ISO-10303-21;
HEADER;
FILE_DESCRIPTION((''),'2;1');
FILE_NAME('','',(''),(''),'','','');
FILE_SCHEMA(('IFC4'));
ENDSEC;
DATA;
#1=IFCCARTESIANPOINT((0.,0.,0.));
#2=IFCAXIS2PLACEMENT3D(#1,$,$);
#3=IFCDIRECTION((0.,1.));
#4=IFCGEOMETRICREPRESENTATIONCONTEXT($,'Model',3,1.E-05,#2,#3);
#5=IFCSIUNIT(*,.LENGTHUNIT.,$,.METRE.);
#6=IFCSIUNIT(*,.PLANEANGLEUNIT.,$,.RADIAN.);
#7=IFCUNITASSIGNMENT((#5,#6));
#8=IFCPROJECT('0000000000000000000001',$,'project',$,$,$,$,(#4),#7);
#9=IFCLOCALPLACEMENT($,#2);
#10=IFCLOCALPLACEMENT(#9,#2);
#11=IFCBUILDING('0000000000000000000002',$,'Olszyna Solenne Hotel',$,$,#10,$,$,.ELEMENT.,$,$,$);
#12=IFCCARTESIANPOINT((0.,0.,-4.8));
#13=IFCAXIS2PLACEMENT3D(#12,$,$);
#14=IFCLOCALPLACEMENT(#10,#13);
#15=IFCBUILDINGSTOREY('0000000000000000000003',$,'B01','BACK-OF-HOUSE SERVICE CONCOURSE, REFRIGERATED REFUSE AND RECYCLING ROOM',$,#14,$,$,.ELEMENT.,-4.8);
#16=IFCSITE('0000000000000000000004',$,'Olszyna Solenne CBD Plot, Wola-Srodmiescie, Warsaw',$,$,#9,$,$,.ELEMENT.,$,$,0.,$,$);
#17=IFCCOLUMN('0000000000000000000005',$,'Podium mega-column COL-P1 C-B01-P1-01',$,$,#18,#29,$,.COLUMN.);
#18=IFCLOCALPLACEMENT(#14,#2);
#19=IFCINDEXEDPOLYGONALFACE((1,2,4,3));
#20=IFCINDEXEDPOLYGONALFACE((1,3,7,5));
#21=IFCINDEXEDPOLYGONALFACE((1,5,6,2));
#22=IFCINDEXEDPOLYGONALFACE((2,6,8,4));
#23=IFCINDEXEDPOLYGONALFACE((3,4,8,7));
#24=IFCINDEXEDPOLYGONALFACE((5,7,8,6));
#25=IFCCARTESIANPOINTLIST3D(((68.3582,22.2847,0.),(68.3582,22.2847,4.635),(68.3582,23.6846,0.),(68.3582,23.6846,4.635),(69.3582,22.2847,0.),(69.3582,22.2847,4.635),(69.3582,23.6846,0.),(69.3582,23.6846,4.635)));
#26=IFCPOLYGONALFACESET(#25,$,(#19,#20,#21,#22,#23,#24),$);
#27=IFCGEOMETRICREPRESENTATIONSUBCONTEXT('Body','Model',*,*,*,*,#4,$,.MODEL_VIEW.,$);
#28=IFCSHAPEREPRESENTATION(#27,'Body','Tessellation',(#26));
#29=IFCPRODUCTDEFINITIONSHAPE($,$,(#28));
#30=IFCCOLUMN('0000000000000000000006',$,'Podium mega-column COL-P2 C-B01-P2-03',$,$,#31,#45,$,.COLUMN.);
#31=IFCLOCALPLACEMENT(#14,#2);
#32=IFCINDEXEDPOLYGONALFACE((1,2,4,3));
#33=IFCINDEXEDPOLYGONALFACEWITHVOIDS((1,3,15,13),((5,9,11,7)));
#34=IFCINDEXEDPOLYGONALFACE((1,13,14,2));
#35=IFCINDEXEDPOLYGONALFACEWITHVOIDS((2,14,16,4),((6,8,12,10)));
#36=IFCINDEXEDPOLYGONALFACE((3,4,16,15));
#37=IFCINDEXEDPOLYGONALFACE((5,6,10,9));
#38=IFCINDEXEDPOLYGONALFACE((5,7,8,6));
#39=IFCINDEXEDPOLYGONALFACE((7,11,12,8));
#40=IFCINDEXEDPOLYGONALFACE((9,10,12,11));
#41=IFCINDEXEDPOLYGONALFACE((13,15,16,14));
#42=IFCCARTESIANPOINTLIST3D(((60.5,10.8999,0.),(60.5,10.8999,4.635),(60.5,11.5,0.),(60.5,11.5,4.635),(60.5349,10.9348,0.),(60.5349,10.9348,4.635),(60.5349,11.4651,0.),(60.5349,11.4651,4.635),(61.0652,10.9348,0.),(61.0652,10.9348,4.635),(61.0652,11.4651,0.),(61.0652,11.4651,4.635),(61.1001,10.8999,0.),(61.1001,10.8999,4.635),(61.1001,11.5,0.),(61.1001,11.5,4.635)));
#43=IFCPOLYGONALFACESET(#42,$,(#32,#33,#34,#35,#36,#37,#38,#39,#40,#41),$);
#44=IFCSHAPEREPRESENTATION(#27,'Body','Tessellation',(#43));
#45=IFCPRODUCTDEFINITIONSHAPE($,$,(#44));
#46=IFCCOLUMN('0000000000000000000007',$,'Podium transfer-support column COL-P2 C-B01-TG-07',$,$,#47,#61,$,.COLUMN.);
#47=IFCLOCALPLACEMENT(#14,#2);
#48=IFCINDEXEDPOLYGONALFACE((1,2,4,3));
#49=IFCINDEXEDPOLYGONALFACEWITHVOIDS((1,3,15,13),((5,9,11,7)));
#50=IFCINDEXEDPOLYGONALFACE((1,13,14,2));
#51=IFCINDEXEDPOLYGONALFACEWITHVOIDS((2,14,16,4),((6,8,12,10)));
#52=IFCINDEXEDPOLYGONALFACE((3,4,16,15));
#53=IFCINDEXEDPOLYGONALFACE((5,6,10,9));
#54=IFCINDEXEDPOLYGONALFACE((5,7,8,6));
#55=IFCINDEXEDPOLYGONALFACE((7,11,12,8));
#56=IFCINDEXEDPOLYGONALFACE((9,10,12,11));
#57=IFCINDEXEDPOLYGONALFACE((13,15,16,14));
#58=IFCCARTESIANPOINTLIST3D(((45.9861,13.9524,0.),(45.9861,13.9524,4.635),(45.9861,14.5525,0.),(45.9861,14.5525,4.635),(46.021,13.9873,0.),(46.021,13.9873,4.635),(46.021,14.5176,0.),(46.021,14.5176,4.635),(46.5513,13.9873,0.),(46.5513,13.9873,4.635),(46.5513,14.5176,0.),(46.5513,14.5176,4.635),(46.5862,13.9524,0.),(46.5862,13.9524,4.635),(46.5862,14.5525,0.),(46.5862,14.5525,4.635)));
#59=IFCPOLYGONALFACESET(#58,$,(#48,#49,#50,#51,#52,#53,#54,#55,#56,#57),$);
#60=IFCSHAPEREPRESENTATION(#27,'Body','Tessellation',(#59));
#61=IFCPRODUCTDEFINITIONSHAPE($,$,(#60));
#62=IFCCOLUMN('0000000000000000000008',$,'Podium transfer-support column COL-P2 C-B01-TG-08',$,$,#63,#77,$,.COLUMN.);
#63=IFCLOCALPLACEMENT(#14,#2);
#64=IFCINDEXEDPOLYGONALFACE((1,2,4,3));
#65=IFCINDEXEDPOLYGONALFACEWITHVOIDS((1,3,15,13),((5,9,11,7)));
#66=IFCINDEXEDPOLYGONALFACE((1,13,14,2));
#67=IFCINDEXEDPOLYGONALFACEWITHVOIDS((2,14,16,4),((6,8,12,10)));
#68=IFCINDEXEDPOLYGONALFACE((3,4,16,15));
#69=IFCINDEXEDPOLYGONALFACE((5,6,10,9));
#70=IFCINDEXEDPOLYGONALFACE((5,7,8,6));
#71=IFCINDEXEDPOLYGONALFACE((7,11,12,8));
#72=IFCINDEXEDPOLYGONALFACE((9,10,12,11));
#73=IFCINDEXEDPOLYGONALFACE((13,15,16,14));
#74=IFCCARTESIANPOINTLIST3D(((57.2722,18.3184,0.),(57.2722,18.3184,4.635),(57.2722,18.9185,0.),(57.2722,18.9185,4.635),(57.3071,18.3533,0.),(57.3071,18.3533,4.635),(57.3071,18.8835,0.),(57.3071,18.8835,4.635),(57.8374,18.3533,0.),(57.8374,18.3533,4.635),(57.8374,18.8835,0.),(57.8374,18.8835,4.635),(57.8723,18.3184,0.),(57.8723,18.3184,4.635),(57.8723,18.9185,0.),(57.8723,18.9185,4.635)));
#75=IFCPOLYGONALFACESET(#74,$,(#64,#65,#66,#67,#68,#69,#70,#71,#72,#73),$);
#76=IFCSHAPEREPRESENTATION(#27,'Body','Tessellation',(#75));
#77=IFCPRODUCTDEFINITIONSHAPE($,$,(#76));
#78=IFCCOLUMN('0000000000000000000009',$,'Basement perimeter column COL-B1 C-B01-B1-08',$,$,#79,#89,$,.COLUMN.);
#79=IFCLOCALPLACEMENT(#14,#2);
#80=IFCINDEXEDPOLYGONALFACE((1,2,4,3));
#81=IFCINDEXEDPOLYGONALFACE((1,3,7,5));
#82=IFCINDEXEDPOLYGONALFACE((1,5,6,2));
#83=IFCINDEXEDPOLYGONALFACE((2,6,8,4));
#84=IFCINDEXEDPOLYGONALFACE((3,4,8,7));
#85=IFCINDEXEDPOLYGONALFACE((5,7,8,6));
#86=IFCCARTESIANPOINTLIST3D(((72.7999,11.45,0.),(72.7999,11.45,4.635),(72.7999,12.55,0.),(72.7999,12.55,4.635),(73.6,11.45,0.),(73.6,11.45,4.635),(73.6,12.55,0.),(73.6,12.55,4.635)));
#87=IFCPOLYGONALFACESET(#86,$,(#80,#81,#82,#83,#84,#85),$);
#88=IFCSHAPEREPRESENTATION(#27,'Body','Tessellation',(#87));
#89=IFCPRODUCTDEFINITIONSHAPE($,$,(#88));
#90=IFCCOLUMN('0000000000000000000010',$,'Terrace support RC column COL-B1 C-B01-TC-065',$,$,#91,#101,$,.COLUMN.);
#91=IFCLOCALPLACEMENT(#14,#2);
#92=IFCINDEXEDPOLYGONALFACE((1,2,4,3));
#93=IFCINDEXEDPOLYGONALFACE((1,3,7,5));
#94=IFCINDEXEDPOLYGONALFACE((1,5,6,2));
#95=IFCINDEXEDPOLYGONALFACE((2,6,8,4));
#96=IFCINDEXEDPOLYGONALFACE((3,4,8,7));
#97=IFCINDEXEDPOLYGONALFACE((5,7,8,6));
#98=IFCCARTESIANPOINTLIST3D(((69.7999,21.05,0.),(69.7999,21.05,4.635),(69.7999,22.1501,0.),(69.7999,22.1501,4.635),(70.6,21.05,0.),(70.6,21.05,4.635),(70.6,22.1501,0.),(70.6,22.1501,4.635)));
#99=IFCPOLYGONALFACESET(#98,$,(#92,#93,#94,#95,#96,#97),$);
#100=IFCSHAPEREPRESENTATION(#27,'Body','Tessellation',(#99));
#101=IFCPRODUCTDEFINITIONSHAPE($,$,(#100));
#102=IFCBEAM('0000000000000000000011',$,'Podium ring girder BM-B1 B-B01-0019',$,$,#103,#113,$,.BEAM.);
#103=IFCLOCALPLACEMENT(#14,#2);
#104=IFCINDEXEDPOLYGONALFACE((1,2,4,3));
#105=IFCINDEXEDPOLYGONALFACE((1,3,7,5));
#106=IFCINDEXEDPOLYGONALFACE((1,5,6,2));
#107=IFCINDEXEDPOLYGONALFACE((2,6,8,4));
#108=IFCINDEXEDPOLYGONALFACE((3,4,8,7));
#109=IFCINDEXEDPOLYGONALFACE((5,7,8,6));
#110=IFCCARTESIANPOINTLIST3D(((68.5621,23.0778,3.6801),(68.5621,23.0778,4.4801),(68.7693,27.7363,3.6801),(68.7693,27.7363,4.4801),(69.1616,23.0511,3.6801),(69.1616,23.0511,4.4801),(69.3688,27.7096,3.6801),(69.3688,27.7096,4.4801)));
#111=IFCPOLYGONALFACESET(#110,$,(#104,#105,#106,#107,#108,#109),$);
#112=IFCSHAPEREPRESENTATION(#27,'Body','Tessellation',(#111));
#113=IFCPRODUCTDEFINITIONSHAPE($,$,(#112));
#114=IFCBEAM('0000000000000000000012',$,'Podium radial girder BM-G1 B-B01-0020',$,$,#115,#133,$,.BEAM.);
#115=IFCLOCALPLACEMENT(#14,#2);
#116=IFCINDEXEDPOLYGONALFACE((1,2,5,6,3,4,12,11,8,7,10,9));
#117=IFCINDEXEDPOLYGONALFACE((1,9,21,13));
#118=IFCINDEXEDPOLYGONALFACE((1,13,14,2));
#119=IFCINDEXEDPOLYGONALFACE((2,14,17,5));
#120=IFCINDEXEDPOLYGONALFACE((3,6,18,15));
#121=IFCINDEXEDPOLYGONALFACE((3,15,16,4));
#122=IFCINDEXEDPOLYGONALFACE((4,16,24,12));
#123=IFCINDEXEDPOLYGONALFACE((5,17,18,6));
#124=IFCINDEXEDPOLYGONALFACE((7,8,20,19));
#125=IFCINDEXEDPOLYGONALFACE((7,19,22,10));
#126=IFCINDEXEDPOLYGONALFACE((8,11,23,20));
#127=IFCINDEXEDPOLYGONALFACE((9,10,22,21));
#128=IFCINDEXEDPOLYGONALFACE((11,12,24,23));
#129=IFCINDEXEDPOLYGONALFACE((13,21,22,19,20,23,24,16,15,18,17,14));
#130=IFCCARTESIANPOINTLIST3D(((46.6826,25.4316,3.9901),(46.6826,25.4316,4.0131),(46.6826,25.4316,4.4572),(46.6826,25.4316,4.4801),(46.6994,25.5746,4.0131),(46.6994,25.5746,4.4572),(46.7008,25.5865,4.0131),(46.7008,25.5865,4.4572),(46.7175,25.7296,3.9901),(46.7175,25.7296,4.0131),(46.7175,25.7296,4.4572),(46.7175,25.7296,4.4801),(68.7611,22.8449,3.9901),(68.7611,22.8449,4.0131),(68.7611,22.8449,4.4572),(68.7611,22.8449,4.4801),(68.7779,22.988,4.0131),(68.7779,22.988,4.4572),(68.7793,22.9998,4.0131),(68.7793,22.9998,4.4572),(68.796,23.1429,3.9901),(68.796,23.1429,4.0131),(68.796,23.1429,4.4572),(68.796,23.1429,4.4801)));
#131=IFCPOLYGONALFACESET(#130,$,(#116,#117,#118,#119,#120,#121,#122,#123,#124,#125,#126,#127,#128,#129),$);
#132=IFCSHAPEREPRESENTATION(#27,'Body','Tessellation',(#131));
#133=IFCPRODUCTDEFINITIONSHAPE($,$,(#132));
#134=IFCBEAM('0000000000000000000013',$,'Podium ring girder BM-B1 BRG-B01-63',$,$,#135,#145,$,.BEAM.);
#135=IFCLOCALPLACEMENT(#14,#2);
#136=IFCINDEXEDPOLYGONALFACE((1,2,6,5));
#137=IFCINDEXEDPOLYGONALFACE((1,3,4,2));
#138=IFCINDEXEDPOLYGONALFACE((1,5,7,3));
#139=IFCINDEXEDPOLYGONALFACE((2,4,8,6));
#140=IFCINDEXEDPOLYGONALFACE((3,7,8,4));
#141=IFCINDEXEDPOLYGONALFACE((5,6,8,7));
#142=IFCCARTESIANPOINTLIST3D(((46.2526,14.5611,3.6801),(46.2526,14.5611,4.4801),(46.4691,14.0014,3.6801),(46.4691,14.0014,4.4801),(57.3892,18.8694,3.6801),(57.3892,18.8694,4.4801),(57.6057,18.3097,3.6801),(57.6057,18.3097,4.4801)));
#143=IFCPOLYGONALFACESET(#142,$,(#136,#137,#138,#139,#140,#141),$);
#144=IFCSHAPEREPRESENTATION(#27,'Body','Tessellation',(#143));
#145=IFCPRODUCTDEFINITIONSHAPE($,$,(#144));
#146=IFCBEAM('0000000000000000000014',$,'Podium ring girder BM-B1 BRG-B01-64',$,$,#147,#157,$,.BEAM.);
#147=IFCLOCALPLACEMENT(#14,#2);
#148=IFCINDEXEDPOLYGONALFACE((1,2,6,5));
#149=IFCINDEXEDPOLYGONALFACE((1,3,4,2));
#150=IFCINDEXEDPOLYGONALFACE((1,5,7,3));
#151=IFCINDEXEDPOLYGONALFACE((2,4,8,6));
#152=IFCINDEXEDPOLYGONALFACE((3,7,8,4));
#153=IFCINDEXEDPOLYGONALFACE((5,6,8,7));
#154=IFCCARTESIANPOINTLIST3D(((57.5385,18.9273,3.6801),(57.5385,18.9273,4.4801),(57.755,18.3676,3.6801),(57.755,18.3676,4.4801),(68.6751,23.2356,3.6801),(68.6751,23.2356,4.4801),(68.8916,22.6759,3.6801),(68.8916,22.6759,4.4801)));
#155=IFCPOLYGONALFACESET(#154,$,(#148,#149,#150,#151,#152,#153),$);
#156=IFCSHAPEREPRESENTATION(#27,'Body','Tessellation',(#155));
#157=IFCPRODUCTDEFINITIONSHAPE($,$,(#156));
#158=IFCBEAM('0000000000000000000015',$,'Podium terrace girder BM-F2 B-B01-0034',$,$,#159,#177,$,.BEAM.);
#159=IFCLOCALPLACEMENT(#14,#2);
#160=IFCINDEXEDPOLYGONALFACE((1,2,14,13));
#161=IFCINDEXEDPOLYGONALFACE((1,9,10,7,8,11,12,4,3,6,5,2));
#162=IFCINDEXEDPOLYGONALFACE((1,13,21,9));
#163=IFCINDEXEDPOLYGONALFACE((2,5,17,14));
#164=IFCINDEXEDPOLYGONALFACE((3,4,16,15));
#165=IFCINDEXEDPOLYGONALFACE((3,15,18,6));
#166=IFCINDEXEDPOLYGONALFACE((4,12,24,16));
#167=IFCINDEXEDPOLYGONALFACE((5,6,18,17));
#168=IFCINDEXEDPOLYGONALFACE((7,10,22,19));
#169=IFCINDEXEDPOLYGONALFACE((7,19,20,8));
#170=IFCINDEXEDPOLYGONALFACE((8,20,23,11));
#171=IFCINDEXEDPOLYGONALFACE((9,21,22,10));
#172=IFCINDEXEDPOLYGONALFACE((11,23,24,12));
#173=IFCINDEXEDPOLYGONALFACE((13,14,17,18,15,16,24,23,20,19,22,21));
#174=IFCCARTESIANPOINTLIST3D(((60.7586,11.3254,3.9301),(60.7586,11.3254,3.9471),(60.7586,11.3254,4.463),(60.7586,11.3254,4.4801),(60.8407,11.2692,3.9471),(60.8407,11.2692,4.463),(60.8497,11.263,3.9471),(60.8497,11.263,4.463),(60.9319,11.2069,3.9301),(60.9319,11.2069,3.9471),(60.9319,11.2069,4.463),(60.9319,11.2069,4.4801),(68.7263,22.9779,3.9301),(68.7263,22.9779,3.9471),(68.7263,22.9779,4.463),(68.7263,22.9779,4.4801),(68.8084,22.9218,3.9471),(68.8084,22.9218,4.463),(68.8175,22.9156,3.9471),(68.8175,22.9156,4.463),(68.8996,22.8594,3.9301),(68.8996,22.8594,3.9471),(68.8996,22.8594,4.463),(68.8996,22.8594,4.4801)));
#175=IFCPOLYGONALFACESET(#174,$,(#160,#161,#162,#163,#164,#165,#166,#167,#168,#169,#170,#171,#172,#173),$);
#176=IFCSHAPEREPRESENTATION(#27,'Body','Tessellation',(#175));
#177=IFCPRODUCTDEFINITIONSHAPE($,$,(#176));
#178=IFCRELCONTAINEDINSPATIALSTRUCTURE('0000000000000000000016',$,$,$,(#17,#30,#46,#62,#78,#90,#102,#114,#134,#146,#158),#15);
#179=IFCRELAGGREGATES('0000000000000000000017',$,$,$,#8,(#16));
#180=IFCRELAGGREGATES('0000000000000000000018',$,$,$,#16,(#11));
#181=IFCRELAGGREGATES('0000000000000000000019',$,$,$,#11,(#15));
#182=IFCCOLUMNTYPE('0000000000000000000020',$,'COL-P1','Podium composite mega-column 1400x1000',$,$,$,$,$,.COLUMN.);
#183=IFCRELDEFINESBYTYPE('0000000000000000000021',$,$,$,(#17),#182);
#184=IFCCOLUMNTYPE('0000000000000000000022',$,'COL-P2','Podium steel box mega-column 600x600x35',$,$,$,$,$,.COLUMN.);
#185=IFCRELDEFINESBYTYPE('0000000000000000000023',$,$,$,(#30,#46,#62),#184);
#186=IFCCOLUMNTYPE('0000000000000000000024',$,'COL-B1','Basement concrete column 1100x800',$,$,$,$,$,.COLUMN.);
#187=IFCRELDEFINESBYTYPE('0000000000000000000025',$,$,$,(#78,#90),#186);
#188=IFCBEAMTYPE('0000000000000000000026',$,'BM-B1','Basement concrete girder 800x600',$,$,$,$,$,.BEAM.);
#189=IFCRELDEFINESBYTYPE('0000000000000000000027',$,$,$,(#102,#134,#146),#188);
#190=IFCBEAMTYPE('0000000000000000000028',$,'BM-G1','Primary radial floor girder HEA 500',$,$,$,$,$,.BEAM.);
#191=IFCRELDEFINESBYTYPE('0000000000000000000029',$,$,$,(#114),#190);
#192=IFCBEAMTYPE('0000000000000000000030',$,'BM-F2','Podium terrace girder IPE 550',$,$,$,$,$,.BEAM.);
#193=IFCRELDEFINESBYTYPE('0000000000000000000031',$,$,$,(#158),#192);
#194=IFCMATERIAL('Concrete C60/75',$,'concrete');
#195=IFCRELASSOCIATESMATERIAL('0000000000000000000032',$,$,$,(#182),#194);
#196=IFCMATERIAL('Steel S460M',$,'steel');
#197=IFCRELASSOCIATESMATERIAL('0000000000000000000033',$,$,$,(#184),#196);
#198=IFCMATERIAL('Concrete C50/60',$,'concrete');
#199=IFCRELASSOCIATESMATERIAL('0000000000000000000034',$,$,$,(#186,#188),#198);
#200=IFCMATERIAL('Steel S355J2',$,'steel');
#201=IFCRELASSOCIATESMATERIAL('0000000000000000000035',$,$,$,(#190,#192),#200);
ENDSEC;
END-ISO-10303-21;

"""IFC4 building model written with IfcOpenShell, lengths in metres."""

from ifc_helpers import new_model, si_unit, direction, frame, origin, origin_2d, place, context, subcontext, project, spatial, rectangle, hollow_rectangle, i_section, extrude, source, transform, mapped, material, material_profile, profile_set, type_object, element, save


model = new_model("IFC4")

# Units and contexts
model_context = context("Model", 3, precision=1e-05, world=origin(), true_north=direction((0.0, 1.0)))
body_context = subcontext(model_context, "Body", "Model", "MODEL_VIEW")
ifc_project = project(units=[si_unit("LENGTHUNIT", "METRE"), si_unit("PLANEANGLEUNIT", "RADIAN")], contexts=[model_context])

# Site, building, storey
site_placement = place(None, origin())
site = spatial("IfcSite", under=ifc_project, at=site_placement, Name="Olszyna Solenne CBD Plot, Wola-Srodmiescie, Warsaw", CompositionType="ELEMENT", RefElevation=0.0)
building_placement = place(site_placement, origin())
building = spatial("IfcBuilding", under=site, at=building_placement, Name="Olszyna Solenne Hotel", CompositionType="ELEMENT")
storey_placement = place(building_placement, frame((0.0, 0.0, -4.8)))
storey = spatial("IfcBuildingStorey", under=building, at=storey_placement, Name="B01", Description="BACK-OF-HOUSE SERVICE CONCOURSE, REFRIGERATED REFUSE AND RECYCLING ROOM", CompositionType="ELEMENT", Elevation=-4.8)

# Columns
ifc_material_1 = material(Name="Concrete C60/75", Category="concrete")
ifc_material_profile_1 = material_profile(ifc_material_1, rectangle(XDim=1.0, YDim=1.3999, at=origin_2d()), Name="RC 1400x1000", Category="load-bearing")
ifc_profile_set_1 = profile_set([ifc_material_profile_1], Name="Concrete C60/75")
column_type_1 = type_object("IfcColumnType", Name="COL-P1", Description="Podium composite mega-column 1400x1000", PredefinedType="COLUMN", material=ifc_profile_set_1)
shared_shape_1 = source(origin(), body_context, "Body", "SweptSolid", [
    extrude(rectangle(XDim=1.0, YDim=1.3999, at=origin_2d()), origin(), (0.0, 0.0, 1.0), 4.635),
])
column_placement = place(storey_placement, frame((68.8582, 22.9846, 0.0), z_axis=(0.0, 0.0, 1.0), x_axis=(1.0, 0.0, 0.0)))
element("IfcColumn", 1, at=column_placement, inside=storey, type_object=column_type_1, Name="Podium mega-column COL-P1 C-B01-P1-01", PredefinedType="COLUMN", context=body_context, shape_type="MappedRepresentation", body=[
    mapped(shared_shape_1, transform((0.0, 0.0, 0.0), x_axis=(1.0, 0.0, 0.0), y_axis=(0.0, 1.0, 0.0), z_axis=(0.0, 0.0, 1.0), scale=1.0)),
])
ifc_material_2 = material(Name="Steel S460M", Category="steel")
ifc_material_profile_2 = material_profile(ifc_material_2, hollow_rectangle(XDim=0.6001, YDim=0.6001, WallThickness=0.0349, at=origin_2d()), Name="SHS 600x600x35", Category="load-bearing")
ifc_profile_set_2 = profile_set([ifc_material_profile_2], Name="Steel S460M")
column_type_2 = type_object("IfcColumnType", Name="COL-P2", Description="Podium steel box mega-column 600x600x35", PredefinedType="COLUMN", material=ifc_profile_set_2)
shared_shape_2 = source(origin(), body_context, "Body", "SweptSolid", [
    extrude(hollow_rectangle(XDim=0.6001, YDim=0.6001, WallThickness=0.0349, at=origin_2d()), origin(), (0.0, 0.0, 1.0), 4.635),
])
for number, where, z_axis, x_axis, name in (
    (2, (60.8, 11.2, 0.0), (0.0, 0.0, 1.0), (1.0, 0.0, 0.0), "Podium mega-column COL-P2 C-B01-P2-03"),
    (3, (46.2861, 14.2524, 0.0), (0.0, 0.0, 1.0), (1.0, 0.0, 0.0), "Podium transfer-support column COL-P2 C-B01-TG-07"),
    (4, (57.5723, 18.6184, 0.0), (0.0, 0.0, 1.0), (1.0, 0.0, 0.0), "Podium transfer-support column COL-P2 C-B01-TG-08"),
):
    element("IfcColumn", number, at=place(storey_placement, frame(where, z_axis=z_axis, x_axis=x_axis)), inside=storey, type_object=column_type_2, Name=name, PredefinedType="COLUMN", context=body_context, shape_type="MappedRepresentation", body=[
        mapped(shared_shape_2, transform((0.0, 0.0, 0.0), x_axis=(1.0, 0.0, 0.0), y_axis=(0.0, 1.0, 0.0), z_axis=(0.0, 0.0, 1.0), scale=1.0)),
    ])
ifc_material_3 = material(Name="Concrete C50/60", Category="concrete")
ifc_material_profile_3 = material_profile(ifc_material_3, rectangle(XDim=0.8, YDim=1.1001, at=origin_2d()), Name="RC 1100x800", Category="load-bearing")
ifc_profile_set_3 = profile_set([ifc_material_profile_3], Name="Concrete C50/60")
column_type_3 = type_object("IfcColumnType", Name="COL-B1", Description="Basement concrete column 1100x800", PredefinedType="COLUMN", material=ifc_profile_set_3)
shared_shape_3 = source(origin(), body_context, "Body", "SweptSolid", [
    extrude(rectangle(XDim=0.8, YDim=1.1001, at=origin_2d()), origin(), (0.0, 0.0, 1.0), 4.635),
])
for number, where, z_axis, x_axis, name in (
    (5, (73.2, 12.0, 0.0), (0.0, 0.0, 1.0), (1.0, 0.0, 0.0), "Basement perimeter column COL-B1 C-B01-B1-08"),
    (6, (70.2, 21.6001, 0.0), (0.0, 0.0, 1.0), (1.0, 0.0, 0.0), "Terrace support RC column COL-B1 C-B01-TC-065"),
):
    element("IfcColumn", number, at=place(storey_placement, frame(where, z_axis=z_axis, x_axis=x_axis)), inside=storey, type_object=column_type_3, Name=name, PredefinedType="COLUMN", context=body_context, shape_type="MappedRepresentation", body=[
        mapped(shared_shape_3, transform((0.0, 0.0, 0.0), x_axis=(1.0, 0.0, 0.0), y_axis=(0.0, 1.0, 0.0), z_axis=(0.0, 0.0, 1.0), scale=1.0)),
    ])

# Beams
ifc_material_profile_4 = material_profile(ifc_material_3, rectangle(XDim=0.6001, YDim=0.8, at=origin_2d()), Name="RC 800x600", Category="load-bearing")
ifc_profile_set_4 = profile_set([ifc_material_profile_4], Name="Concrete C50/60")
beam_type_1 = type_object("IfcBeamType", Name="BM-B1", Description="Basement concrete girder 800x600", PredefinedType="BEAM", material=ifc_profile_set_4)
shared_shape_4 = source(origin(), body_context, "Body", "SweptSolid", [
    extrude(rectangle(XDim=0.6001, YDim=0.8, at=origin_2d()), origin(), (0.0, 0.0, 1.0), 4.6631),
])
beam_1_placement = place(storey_placement, frame((68.8618, 23.0645, 4.0801), z_axis=(0.044451, 0.999012, 0.0), x_axis=(-0.999012, 0.044451, 0.0)))
element("IfcBeam", 7, at=beam_1_placement, inside=storey, type_object=beam_type_1, Name="Podium ring girder BM-B1 B-B01-0019", PredefinedType="BEAM", context=body_context, shape_type="MappedRepresentation", body=[
    mapped(shared_shape_4, transform((0.0, 0.0, 0.0), x_axis=(1.0, 0.0, 0.0), y_axis=(0.0, 1.0, 0.0), z_axis=(0.0, 0.0, 1.0), scale=1.0)),
])
ifc_material_4 = material(Name="Steel S355J2", Category="steel")
ifc_material_profile_5 = material_profile(ifc_material_4, i_section(OverallWidth=0.3, OverallDepth=0.49, WebThickness=0.012, FlangeThickness=0.0229, at=origin_2d()), Name="HEA 500", Category="load-bearing")
ifc_profile_set_5 = profile_set([ifc_material_profile_5], Name="Steel S355J2")
beam_type_2 = type_object("IfcBeamType", Name="BM-G1", Description="Primary radial floor girder HEA 500", PredefinedType="BEAM", material=ifc_profile_set_5)
shared_shape_5 = source(origin(), body_context, "Body", "SweptSolid", [
    extrude(i_section(OverallWidth=0.3, OverallDepth=0.49, WebThickness=0.012, FlangeThickness=0.0229, at=origin_2d()), origin(), (0.0, 0.0, 1.0), 22.2295),
])
beam_2_placement = place(storey_placement, frame((68.7786, 22.9939, 4.2351), z_axis=(-0.993207, 0.116363, 0.0), x_axis=(-0.116363, -0.993207, 0.0)))
element("IfcBeam", 8, at=beam_2_placement, inside=storey, type_object=beam_type_2, Name="Podium radial girder BM-G1 B-B01-0020", PredefinedType="BEAM", context=body_context, shape_type="MappedRepresentation", body=[
    mapped(shared_shape_5, transform((0.0, 0.0, 0.0), x_axis=(1.0, 0.0, 0.0), y_axis=(0.0, 1.0, 0.0), z_axis=(0.0, 0.0, 1.0), scale=1.0)),
])
shared_shape_6 = source(origin(), body_context, "Body", "SweptSolid", [
    extrude(rectangle(XDim=0.6001, YDim=0.8, at=origin_2d()), origin(), (0.0, 0.0, 1.0), 11.9409),
])
for number, where, z_axis, x_axis, name in (
    (9, (46.3608, 14.2812, 4.0801), (0.932642, 0.360802, 0.0), (-0.360802, 0.932642, 0.0), "Podium ring girder BM-B1 BRG-B01-63"),
    (10, (57.6467, 18.6475, 4.0801), (0.932642, 0.360802, 0.0), (-0.360802, 0.932642, 0.0), "Podium ring girder BM-B1 BRG-B01-64"),
):
    element("IfcBeam", number, at=place(storey_placement, frame(where, z_axis=z_axis, x_axis=x_axis)), inside=storey, type_object=beam_type_1, Name=name, PredefinedType="BEAM", context=body_context, shape_type="MappedRepresentation", body=[
        mapped(shared_shape_6, transform((0.0, 0.0, 0.0), x_axis=(1.0, 0.0, 0.0), y_axis=(0.0, 1.0, 0.0), z_axis=(0.0, 0.0, 1.0), scale=1.0)),
    ])
ifc_material_profile_6 = material_profile(ifc_material_4, i_section(OverallWidth=0.21, OverallDepth=0.55, WebThickness=0.011, FlangeThickness=0.0171, at=origin_2d()), Name="IPE 550", Category="load-bearing")
ifc_profile_set_6 = profile_set([ifc_material_profile_6], Name="Steel S355J2")
beam_type_3 = type_object("IfcBeamType", Name="BM-F2", Description="Podium terrace girder IPE 550", PredefinedType="BEAM", material=ifc_profile_set_6)
shared_shape_7 = source(origin(), body_context, "Body", "SweptSolid", [
    extrude(i_section(OverallWidth=0.21, OverallDepth=0.55, WebThickness=0.011, FlangeThickness=0.0171, at=origin_2d()), origin(), (0.0, 0.0, 1.0), 14.1162),
])
beam_3_placement = place(storey_placement, frame((60.8452, 11.2661, 4.2051), z_axis=(0.56444, 0.825474, 0.0), x_axis=(-0.825474, 0.56444, 0.0)))
element("IfcBeam", 11, at=beam_3_placement, inside=storey, type_object=beam_type_3, Name="Podium terrace girder BM-F2 B-B01-0034", PredefinedType="BEAM", context=body_context, shape_type="MappedRepresentation", body=[
    mapped(shared_shape_7, transform((0.0, 0.0, 0.0), x_axis=(1.0, 0.0, 0.0), y_axis=(0.0, 1.0, 0.0), z_axis=(0.0, 0.0, 1.0), scale=1.0)),
])

save(model, "model.ifc")
